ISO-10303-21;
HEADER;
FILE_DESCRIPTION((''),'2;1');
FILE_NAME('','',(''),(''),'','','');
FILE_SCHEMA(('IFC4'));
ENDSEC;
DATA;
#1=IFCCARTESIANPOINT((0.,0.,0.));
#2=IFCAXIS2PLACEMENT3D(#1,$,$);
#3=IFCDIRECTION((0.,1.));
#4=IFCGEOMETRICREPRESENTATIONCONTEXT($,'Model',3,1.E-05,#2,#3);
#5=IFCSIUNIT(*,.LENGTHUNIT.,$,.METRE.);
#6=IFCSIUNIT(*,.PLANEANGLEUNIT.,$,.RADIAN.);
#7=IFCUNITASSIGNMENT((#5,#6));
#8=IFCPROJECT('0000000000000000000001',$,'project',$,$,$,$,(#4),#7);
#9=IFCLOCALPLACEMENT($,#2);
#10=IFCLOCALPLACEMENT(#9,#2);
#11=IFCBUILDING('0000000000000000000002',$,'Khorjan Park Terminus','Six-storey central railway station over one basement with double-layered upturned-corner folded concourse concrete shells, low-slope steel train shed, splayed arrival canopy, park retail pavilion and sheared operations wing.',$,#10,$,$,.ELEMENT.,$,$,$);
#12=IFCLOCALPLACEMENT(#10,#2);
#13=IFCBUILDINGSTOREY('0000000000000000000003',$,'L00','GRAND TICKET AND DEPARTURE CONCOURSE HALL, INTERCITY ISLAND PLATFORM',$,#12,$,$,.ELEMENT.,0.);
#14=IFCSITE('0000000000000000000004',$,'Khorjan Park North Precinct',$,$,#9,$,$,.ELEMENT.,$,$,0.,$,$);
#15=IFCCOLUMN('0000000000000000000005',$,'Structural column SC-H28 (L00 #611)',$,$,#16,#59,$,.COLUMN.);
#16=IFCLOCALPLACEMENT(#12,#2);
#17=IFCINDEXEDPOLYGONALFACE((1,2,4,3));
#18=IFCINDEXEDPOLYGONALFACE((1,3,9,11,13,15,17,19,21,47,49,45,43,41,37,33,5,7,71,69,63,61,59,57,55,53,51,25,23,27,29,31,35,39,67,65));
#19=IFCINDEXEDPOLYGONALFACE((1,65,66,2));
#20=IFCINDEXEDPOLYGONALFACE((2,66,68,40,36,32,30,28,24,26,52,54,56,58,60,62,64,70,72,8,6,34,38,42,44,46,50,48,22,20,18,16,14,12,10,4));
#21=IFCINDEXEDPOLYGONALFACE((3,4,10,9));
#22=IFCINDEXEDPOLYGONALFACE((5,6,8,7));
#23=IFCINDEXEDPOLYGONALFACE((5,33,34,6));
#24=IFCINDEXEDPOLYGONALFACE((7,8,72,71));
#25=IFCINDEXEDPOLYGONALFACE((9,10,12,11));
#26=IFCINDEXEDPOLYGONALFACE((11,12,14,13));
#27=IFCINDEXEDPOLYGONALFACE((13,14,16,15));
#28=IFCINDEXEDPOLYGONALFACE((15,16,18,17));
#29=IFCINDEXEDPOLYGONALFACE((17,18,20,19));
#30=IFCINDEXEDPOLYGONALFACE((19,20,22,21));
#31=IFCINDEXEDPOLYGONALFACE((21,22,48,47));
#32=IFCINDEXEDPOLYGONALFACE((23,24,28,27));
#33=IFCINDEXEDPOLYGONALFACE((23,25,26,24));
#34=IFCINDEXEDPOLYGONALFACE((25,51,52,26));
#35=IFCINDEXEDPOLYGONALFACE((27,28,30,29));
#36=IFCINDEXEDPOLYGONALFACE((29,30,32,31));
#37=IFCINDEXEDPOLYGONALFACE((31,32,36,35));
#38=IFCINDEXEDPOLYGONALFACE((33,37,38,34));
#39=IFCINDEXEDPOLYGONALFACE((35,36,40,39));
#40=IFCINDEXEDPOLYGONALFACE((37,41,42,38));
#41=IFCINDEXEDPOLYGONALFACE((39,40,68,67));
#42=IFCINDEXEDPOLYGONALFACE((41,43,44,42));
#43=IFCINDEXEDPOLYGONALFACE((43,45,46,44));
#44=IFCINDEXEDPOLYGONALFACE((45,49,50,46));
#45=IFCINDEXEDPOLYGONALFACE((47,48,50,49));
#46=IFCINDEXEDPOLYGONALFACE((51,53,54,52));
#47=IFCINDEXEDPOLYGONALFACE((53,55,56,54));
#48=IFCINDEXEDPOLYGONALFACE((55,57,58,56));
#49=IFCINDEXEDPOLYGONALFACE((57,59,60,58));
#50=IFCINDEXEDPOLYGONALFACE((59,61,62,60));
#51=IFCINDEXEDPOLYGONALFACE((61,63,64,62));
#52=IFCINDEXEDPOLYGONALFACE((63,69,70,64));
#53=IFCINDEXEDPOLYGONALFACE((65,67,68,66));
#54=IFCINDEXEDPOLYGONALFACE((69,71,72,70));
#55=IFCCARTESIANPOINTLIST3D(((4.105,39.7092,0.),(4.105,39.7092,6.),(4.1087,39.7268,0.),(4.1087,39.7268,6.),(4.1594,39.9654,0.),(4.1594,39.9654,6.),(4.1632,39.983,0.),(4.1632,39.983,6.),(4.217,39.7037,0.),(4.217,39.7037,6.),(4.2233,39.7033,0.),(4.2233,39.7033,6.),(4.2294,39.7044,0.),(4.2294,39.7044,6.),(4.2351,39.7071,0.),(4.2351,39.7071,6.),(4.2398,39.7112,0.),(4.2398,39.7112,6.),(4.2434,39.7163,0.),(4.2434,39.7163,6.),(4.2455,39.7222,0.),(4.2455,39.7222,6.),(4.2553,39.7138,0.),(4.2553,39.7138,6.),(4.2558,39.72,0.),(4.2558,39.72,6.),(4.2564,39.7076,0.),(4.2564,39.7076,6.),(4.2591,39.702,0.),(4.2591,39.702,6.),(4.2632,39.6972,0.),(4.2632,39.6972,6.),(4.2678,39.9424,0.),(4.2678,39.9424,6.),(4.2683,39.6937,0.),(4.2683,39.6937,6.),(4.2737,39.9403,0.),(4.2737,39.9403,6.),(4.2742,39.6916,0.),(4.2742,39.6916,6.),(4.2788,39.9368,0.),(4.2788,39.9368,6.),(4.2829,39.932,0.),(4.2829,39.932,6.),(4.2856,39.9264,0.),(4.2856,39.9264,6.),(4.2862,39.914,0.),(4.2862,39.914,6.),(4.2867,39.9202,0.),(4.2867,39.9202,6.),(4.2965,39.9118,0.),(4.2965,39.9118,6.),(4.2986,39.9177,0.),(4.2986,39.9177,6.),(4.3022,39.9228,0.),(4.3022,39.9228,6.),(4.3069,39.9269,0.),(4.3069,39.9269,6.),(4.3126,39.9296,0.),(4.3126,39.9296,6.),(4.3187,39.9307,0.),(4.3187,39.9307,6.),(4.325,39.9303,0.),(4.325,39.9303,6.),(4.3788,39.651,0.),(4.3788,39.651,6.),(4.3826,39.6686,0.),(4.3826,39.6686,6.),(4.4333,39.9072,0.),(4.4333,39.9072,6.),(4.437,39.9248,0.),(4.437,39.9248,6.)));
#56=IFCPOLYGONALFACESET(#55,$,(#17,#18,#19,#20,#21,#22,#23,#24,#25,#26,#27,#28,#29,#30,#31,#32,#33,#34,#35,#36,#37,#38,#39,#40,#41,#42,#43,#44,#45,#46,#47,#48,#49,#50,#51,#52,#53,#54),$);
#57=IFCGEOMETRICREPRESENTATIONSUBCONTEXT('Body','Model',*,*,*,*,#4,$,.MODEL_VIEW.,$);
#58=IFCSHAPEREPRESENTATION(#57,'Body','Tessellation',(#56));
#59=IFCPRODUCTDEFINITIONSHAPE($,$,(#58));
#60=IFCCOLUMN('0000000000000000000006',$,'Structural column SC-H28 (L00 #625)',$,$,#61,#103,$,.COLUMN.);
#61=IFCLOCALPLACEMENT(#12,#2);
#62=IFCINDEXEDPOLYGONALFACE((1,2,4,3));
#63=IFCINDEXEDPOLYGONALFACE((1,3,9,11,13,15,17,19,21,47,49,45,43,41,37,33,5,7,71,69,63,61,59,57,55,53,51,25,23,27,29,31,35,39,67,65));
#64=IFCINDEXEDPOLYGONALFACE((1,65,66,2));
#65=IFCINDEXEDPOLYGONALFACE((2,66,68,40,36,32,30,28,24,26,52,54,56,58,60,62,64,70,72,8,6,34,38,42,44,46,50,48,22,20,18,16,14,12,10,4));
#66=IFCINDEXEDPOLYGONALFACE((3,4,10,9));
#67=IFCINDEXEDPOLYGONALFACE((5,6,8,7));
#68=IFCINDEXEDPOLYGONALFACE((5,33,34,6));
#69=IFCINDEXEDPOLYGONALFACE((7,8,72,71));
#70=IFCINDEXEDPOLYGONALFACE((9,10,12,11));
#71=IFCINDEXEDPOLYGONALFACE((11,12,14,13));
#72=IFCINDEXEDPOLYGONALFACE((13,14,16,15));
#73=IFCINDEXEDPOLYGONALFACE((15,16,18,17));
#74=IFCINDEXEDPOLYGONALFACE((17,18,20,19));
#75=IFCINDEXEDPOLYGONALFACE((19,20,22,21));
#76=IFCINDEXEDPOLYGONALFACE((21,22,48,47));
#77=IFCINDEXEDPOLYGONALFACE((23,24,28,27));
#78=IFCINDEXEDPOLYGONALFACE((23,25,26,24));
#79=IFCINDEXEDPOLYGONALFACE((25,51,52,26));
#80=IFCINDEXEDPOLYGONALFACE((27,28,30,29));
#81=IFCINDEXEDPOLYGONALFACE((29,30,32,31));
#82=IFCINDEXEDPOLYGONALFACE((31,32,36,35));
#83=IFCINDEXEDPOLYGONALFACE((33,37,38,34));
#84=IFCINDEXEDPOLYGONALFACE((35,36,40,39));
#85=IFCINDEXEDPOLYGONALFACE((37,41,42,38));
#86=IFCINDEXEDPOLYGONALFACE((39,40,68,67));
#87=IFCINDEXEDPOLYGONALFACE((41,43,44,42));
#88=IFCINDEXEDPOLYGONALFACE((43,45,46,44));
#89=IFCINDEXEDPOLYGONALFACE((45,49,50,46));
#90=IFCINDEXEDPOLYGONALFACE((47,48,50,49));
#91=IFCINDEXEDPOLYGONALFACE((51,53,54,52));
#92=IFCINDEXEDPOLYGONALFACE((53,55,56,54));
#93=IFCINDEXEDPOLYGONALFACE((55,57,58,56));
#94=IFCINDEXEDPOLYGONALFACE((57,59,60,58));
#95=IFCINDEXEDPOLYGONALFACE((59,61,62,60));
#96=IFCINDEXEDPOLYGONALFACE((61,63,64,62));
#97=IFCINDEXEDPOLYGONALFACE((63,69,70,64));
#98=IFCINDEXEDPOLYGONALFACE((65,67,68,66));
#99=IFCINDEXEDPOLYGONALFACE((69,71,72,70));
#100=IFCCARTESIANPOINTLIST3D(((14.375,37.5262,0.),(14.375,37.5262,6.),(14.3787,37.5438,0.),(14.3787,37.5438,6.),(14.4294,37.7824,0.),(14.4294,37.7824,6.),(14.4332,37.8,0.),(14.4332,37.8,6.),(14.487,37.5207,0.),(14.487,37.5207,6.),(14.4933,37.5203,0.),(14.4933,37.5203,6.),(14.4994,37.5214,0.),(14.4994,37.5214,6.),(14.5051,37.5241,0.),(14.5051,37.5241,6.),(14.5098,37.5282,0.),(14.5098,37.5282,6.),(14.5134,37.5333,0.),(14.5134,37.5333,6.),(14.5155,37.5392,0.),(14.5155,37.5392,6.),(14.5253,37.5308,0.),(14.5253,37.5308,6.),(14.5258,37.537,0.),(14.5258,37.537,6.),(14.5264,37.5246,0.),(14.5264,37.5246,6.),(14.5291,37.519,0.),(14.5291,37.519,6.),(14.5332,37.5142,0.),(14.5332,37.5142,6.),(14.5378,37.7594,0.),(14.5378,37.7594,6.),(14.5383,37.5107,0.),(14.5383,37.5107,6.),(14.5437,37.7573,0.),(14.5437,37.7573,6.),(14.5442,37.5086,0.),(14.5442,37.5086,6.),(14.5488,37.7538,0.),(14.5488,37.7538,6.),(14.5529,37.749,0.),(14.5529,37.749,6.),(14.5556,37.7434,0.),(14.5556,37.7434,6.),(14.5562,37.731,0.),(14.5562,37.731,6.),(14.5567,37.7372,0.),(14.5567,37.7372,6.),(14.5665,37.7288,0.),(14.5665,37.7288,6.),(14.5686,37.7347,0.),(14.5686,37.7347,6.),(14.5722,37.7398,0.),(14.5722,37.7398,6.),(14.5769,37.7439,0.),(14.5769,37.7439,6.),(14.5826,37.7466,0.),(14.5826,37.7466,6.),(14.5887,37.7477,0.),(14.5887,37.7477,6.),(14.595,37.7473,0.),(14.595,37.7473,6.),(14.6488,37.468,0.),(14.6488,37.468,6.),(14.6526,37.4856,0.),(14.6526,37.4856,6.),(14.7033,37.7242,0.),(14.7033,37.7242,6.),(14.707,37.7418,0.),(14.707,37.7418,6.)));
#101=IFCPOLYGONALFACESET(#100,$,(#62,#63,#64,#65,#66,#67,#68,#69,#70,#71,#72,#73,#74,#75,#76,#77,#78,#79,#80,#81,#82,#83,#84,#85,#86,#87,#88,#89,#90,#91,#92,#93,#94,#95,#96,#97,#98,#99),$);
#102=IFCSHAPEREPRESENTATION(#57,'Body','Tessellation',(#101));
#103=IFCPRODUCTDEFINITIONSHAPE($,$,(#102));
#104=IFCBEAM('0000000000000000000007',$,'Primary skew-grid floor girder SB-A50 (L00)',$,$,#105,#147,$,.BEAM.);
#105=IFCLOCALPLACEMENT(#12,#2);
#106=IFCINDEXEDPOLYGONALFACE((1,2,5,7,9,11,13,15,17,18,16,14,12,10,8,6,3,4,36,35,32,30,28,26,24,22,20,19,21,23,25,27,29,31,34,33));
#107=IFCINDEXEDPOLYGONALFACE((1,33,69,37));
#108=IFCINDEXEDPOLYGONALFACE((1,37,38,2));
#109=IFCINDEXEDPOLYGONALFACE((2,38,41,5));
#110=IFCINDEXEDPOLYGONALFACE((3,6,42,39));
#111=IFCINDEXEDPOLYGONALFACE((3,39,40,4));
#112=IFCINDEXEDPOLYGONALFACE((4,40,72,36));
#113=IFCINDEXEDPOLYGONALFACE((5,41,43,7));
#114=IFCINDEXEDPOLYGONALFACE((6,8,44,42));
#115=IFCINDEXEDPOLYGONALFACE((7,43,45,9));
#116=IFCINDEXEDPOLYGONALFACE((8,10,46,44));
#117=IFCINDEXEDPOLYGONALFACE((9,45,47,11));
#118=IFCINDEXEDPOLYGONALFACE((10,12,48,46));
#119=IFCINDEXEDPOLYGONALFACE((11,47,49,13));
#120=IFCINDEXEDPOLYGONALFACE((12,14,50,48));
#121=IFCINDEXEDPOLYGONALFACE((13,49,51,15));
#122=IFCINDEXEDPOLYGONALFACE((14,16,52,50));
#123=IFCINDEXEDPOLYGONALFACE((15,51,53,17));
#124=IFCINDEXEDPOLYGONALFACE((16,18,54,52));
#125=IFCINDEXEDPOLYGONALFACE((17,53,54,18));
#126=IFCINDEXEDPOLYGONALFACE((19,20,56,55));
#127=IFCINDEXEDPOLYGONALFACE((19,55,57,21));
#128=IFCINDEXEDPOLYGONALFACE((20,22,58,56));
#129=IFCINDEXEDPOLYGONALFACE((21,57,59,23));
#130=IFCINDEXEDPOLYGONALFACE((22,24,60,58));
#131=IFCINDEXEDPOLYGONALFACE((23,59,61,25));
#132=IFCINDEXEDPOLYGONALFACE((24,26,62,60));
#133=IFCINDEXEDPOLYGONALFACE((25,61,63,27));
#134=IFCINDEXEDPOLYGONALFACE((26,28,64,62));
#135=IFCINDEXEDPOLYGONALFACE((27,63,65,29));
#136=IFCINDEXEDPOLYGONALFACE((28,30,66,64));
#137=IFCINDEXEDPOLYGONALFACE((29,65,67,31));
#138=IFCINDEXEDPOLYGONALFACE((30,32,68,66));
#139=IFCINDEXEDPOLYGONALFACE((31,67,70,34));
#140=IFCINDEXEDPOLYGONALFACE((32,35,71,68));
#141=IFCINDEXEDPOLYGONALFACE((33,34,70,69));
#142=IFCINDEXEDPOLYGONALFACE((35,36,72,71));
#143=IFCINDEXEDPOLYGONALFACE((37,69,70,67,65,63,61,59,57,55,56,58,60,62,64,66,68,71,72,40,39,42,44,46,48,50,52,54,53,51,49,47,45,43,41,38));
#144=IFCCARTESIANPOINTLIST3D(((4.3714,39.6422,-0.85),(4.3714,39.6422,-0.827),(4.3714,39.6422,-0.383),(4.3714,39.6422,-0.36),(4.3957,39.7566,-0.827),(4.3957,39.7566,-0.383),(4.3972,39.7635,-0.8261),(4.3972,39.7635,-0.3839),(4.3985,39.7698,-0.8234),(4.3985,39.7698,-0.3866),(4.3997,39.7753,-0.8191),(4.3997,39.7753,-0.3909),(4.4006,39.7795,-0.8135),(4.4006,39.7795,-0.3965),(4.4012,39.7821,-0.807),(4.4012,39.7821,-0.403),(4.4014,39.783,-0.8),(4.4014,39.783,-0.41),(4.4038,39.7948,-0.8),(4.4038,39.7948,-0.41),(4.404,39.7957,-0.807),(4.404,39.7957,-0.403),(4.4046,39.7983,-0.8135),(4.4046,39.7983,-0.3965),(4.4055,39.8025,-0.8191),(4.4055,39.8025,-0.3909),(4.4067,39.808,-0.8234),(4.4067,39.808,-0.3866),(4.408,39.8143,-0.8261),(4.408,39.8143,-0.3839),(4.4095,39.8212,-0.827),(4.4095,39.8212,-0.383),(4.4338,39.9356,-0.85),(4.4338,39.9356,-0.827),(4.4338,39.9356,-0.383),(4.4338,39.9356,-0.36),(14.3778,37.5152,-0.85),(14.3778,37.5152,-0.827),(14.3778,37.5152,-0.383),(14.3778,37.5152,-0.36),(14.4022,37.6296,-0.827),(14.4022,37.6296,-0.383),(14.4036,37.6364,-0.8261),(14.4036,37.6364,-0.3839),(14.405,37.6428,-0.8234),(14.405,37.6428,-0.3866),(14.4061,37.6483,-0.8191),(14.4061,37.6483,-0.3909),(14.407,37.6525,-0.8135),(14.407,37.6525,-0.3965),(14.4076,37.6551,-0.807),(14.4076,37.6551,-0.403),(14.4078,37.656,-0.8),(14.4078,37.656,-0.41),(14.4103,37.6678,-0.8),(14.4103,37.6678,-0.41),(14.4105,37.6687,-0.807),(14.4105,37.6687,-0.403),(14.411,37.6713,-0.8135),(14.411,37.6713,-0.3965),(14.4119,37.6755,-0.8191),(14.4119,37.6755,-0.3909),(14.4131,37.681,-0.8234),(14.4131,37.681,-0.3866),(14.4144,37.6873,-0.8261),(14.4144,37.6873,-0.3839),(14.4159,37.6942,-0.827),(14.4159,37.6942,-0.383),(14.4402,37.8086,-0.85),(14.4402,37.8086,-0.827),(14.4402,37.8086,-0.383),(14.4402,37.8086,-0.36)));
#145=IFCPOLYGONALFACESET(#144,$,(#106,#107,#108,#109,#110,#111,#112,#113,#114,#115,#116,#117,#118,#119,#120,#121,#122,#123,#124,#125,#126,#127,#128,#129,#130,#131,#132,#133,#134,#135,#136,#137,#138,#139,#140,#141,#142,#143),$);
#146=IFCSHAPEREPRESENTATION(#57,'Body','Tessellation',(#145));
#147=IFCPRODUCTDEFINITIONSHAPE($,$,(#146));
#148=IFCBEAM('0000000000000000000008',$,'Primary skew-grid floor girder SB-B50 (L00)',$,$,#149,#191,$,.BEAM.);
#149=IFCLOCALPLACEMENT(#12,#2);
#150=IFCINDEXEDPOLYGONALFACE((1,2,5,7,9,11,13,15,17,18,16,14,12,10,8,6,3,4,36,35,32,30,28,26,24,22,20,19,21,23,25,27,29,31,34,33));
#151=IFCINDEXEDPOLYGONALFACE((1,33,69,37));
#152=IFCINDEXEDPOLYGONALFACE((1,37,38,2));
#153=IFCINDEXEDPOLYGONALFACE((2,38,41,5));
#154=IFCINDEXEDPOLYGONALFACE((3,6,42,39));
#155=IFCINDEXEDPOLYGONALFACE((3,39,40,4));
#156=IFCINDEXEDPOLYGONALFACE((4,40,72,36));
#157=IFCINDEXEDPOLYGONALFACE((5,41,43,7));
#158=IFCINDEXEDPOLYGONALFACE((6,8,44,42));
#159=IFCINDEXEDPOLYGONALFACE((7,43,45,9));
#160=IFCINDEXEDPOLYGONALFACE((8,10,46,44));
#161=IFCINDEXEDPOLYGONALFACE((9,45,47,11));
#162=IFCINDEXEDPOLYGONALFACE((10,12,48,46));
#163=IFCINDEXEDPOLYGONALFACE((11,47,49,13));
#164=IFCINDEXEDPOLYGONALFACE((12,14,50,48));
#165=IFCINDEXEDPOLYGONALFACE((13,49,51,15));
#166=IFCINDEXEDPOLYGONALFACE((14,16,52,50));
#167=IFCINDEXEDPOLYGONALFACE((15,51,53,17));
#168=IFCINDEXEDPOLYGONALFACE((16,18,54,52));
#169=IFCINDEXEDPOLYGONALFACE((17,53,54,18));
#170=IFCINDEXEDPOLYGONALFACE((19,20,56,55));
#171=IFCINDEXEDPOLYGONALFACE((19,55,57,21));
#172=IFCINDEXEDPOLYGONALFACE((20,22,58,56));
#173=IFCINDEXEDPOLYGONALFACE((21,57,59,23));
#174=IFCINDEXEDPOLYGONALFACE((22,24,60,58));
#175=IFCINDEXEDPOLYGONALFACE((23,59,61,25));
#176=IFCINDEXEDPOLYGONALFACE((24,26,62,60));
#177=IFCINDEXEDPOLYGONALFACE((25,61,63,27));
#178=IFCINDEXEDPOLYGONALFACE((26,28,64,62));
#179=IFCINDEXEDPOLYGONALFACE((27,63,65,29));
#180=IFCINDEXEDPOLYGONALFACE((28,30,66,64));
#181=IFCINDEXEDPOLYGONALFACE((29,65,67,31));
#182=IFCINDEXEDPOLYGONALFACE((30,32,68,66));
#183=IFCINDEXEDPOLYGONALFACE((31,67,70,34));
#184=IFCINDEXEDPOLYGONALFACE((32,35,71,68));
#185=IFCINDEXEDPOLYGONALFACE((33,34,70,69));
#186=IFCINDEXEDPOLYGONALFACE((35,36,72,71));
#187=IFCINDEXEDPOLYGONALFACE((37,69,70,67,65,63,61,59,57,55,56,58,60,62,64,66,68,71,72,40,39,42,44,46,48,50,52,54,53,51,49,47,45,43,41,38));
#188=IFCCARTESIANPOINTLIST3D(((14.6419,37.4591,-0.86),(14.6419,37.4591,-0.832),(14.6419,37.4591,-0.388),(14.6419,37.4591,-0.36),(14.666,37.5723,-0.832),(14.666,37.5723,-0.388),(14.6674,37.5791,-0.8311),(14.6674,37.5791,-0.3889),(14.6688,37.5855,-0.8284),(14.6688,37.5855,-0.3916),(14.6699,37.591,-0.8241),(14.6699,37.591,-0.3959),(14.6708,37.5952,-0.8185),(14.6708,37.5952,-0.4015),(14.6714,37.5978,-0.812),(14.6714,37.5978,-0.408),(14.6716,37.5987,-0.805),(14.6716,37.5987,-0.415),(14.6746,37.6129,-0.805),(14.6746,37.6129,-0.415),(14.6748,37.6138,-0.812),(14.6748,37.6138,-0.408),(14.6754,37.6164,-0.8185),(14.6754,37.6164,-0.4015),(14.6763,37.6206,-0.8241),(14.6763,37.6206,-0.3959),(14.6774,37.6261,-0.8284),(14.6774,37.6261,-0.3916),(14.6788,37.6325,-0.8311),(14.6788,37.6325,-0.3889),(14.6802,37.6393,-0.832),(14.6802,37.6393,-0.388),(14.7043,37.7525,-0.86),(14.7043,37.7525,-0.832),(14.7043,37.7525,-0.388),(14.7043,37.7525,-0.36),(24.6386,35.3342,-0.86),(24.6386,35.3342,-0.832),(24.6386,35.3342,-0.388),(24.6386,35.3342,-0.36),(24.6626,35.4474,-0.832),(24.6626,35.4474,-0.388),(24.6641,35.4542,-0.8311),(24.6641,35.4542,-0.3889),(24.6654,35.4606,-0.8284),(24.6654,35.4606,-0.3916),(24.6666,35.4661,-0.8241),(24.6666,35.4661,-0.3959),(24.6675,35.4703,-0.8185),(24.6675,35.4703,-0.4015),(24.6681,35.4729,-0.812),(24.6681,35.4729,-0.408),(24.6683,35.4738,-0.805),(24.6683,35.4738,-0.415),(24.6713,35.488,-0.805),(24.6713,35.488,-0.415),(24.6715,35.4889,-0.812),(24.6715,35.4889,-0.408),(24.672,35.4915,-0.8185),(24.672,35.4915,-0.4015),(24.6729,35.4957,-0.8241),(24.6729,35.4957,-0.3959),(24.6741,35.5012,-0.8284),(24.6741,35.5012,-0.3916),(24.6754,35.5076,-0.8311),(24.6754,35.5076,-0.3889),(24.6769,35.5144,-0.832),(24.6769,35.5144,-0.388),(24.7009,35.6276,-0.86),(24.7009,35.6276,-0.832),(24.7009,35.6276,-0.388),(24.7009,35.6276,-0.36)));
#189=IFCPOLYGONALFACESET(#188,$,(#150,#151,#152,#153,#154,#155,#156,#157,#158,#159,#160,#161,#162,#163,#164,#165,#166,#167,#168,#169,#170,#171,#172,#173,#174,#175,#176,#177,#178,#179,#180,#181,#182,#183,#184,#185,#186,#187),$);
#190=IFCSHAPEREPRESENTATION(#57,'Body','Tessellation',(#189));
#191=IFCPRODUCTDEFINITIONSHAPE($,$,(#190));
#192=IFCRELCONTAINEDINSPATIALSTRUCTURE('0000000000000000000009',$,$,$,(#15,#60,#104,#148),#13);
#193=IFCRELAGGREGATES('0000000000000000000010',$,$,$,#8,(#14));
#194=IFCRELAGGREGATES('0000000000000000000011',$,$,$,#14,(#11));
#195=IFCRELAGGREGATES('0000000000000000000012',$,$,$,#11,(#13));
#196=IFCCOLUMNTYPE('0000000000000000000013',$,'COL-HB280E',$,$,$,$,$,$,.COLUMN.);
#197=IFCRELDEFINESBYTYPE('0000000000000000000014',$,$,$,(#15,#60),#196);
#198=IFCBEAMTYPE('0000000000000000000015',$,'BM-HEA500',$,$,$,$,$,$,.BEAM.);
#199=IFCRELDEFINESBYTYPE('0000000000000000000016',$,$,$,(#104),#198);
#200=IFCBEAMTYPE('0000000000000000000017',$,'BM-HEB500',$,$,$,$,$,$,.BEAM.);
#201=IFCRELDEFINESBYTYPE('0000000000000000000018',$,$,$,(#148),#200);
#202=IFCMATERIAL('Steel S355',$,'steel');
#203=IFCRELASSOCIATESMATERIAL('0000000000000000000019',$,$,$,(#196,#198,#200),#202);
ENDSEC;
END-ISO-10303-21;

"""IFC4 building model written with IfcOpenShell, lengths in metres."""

from ifc_helpers import new_model, si_unit, direction, frame, origin, origin_2d, place, context, subcontext, project, spatial, i_section, extrude, material, material_profile, profile_set, type_object, element, save


model = new_model("IFC4")

# Units and contexts
model_context = context("Model", 3, precision=1e-05, world=origin(), true_north=direction((0.0, 1.0)))
body_context = subcontext(model_context, "Body", "Model", "MODEL_VIEW")
ifc_project = project(units=[si_unit("LENGTHUNIT", "METRE"), si_unit("PLANEANGLEUNIT", "RADIAN")], contexts=[model_context])

# Site, building, storey
site_placement = place(None, origin())
site = spatial("IfcSite", under=ifc_project, at=site_placement, Name="Khorjan Park North Precinct", CompositionType="ELEMENT", RefElevation=0.0)
building_placement = place(site_placement, origin())
building = spatial("IfcBuilding", under=site, at=building_placement, Name="Khorjan Park Terminus", Description="Six-storey central railway station over one basement with double-layered upturned-corner folded concourse concrete shells, low-slope steel train shed, splayed arrival canopy, park retail pavilion and sheared operations wing.", CompositionType="ELEMENT")
storey_placement = place(building_placement, origin())
storey = spatial("IfcBuildingStorey", under=building, at=storey_placement, Name="L00", Description="GRAND TICKET AND DEPARTURE CONCOURSE HALL, INTERCITY ISLAND PLATFORM", CompositionType="ELEMENT", Elevation=0.0)

# Columns
ifc_material_1 = material(Name="Steel S355", Category="steel")
ifc_material_profile_1 = material_profile(ifc_material_1, i_section(OverallWidth=0.28, OverallDepth=0.28, WebThickness=0.0105, FlangeThickness=0.018, FilletRadius=0.024, at=origin_2d()), Name="HEB 280")
ifc_profile_set_1 = profile_set([ifc_material_profile_1], Name="Steel S355")
column_type = type_object("IfcColumnType", Name="COL-HB280E", PredefinedType="COLUMN", material=ifc_profile_set_1)
for number, where, z_axis, x_axis, name in (
    (1, (4.271, 39.817, 0.0), (0.0, 0.0, 1.0), (0.978148, -0.207912, 0.0), "Structural column SC-H28 (L00 #611)"),
    (2, (14.541, 37.634, 0.0), (0.0, 0.0, 1.0), (0.978148, -0.207912, 0.0), "Structural column SC-H28 (L00 #625)"),
):
    element("IfcColumn", number, at=place(storey_placement, frame(where, z_axis=z_axis, x_axis=x_axis)), inside=storey, type_object=column_type, Name=name, PredefinedType="COLUMN", context=body_context, shape_type="SweptSolid", body=[
        extrude(i_section(OverallWidth=0.28, OverallDepth=0.28, WebThickness=0.0105, FlangeThickness=0.018, FilletRadius=0.024, at=origin_2d()), origin(), (0.0, 0.0, 1.0), 6.0),
    ])

# Beams
ifc_material_profile_2 = material_profile(ifc_material_1, i_section(OverallWidth=0.3, OverallDepth=0.49, WebThickness=0.012, FlangeThickness=0.023, FilletRadius=0.027, at=origin_2d()), Name="HEA 500")
ifc_profile_set_2 = profile_set([ifc_material_profile_2], Name="Steel S355")
beam_type_1 = type_object("IfcBeamType", Name="BM-HEA500", PredefinedType="BEAM", material=ifc_profile_set_2)
beam_1_placement = place(storey_placement, frame((4.4026, 39.7889, -0.605), z_axis=(0.978146, -0.207919, 0.0), x_axis=(0.207919, 0.978146, 0.0)))
element("IfcBeam", 3, at=beam_1_placement, inside=storey, type_object=beam_type_1, Name="Primary skew-grid floor girder SB-A50 (L00)", PredefinedType="BEAM", context=body_context, shape_type="SweptSolid", body=[
    extrude(i_section(OverallWidth=0.3, OverallDepth=0.49, WebThickness=0.012, FlangeThickness=0.023, FilletRadius=0.027, at=origin_2d()), origin(), (0.0, 0.0, 1.0), 10.23),
])
ifc_material_profile_3 = material_profile(ifc_material_1, i_section(OverallWidth=0.3, OverallDepth=0.5, WebThickness=0.0145, FlangeThickness=0.028, FilletRadius=0.027, at=origin_2d()), Name="HEB 500")
ifc_profile_set_3 = profile_set([ifc_material_profile_3], Name="Steel S355")
beam_type_2 = type_object("IfcBeamType", Name="BM-HEB500", PredefinedType="BEAM", material=ifc_profile_set_3)
beam_2_placement = place(storey_placement, frame((14.6731, 37.6058, -0.61), z_axis=(0.978147, -0.207915, 0.0), x_axis=(0.207915, 0.978147, 0.0)))
element("IfcBeam", 4, at=beam_2_placement, inside=storey, type_object=beam_type_2, Name="Primary skew-grid floor girder SB-B50 (L00)", PredefinedType="BEAM", context=body_context, shape_type="SweptSolid", body=[
    extrude(i_section(OverallWidth=0.3, OverallDepth=0.5, WebThickness=0.0145, FlangeThickness=0.028, FilletRadius=0.027, at=origin_2d()), origin(), (0.0, 0.0, 1.0), 10.22),
])

save(model, "model.ifc")
